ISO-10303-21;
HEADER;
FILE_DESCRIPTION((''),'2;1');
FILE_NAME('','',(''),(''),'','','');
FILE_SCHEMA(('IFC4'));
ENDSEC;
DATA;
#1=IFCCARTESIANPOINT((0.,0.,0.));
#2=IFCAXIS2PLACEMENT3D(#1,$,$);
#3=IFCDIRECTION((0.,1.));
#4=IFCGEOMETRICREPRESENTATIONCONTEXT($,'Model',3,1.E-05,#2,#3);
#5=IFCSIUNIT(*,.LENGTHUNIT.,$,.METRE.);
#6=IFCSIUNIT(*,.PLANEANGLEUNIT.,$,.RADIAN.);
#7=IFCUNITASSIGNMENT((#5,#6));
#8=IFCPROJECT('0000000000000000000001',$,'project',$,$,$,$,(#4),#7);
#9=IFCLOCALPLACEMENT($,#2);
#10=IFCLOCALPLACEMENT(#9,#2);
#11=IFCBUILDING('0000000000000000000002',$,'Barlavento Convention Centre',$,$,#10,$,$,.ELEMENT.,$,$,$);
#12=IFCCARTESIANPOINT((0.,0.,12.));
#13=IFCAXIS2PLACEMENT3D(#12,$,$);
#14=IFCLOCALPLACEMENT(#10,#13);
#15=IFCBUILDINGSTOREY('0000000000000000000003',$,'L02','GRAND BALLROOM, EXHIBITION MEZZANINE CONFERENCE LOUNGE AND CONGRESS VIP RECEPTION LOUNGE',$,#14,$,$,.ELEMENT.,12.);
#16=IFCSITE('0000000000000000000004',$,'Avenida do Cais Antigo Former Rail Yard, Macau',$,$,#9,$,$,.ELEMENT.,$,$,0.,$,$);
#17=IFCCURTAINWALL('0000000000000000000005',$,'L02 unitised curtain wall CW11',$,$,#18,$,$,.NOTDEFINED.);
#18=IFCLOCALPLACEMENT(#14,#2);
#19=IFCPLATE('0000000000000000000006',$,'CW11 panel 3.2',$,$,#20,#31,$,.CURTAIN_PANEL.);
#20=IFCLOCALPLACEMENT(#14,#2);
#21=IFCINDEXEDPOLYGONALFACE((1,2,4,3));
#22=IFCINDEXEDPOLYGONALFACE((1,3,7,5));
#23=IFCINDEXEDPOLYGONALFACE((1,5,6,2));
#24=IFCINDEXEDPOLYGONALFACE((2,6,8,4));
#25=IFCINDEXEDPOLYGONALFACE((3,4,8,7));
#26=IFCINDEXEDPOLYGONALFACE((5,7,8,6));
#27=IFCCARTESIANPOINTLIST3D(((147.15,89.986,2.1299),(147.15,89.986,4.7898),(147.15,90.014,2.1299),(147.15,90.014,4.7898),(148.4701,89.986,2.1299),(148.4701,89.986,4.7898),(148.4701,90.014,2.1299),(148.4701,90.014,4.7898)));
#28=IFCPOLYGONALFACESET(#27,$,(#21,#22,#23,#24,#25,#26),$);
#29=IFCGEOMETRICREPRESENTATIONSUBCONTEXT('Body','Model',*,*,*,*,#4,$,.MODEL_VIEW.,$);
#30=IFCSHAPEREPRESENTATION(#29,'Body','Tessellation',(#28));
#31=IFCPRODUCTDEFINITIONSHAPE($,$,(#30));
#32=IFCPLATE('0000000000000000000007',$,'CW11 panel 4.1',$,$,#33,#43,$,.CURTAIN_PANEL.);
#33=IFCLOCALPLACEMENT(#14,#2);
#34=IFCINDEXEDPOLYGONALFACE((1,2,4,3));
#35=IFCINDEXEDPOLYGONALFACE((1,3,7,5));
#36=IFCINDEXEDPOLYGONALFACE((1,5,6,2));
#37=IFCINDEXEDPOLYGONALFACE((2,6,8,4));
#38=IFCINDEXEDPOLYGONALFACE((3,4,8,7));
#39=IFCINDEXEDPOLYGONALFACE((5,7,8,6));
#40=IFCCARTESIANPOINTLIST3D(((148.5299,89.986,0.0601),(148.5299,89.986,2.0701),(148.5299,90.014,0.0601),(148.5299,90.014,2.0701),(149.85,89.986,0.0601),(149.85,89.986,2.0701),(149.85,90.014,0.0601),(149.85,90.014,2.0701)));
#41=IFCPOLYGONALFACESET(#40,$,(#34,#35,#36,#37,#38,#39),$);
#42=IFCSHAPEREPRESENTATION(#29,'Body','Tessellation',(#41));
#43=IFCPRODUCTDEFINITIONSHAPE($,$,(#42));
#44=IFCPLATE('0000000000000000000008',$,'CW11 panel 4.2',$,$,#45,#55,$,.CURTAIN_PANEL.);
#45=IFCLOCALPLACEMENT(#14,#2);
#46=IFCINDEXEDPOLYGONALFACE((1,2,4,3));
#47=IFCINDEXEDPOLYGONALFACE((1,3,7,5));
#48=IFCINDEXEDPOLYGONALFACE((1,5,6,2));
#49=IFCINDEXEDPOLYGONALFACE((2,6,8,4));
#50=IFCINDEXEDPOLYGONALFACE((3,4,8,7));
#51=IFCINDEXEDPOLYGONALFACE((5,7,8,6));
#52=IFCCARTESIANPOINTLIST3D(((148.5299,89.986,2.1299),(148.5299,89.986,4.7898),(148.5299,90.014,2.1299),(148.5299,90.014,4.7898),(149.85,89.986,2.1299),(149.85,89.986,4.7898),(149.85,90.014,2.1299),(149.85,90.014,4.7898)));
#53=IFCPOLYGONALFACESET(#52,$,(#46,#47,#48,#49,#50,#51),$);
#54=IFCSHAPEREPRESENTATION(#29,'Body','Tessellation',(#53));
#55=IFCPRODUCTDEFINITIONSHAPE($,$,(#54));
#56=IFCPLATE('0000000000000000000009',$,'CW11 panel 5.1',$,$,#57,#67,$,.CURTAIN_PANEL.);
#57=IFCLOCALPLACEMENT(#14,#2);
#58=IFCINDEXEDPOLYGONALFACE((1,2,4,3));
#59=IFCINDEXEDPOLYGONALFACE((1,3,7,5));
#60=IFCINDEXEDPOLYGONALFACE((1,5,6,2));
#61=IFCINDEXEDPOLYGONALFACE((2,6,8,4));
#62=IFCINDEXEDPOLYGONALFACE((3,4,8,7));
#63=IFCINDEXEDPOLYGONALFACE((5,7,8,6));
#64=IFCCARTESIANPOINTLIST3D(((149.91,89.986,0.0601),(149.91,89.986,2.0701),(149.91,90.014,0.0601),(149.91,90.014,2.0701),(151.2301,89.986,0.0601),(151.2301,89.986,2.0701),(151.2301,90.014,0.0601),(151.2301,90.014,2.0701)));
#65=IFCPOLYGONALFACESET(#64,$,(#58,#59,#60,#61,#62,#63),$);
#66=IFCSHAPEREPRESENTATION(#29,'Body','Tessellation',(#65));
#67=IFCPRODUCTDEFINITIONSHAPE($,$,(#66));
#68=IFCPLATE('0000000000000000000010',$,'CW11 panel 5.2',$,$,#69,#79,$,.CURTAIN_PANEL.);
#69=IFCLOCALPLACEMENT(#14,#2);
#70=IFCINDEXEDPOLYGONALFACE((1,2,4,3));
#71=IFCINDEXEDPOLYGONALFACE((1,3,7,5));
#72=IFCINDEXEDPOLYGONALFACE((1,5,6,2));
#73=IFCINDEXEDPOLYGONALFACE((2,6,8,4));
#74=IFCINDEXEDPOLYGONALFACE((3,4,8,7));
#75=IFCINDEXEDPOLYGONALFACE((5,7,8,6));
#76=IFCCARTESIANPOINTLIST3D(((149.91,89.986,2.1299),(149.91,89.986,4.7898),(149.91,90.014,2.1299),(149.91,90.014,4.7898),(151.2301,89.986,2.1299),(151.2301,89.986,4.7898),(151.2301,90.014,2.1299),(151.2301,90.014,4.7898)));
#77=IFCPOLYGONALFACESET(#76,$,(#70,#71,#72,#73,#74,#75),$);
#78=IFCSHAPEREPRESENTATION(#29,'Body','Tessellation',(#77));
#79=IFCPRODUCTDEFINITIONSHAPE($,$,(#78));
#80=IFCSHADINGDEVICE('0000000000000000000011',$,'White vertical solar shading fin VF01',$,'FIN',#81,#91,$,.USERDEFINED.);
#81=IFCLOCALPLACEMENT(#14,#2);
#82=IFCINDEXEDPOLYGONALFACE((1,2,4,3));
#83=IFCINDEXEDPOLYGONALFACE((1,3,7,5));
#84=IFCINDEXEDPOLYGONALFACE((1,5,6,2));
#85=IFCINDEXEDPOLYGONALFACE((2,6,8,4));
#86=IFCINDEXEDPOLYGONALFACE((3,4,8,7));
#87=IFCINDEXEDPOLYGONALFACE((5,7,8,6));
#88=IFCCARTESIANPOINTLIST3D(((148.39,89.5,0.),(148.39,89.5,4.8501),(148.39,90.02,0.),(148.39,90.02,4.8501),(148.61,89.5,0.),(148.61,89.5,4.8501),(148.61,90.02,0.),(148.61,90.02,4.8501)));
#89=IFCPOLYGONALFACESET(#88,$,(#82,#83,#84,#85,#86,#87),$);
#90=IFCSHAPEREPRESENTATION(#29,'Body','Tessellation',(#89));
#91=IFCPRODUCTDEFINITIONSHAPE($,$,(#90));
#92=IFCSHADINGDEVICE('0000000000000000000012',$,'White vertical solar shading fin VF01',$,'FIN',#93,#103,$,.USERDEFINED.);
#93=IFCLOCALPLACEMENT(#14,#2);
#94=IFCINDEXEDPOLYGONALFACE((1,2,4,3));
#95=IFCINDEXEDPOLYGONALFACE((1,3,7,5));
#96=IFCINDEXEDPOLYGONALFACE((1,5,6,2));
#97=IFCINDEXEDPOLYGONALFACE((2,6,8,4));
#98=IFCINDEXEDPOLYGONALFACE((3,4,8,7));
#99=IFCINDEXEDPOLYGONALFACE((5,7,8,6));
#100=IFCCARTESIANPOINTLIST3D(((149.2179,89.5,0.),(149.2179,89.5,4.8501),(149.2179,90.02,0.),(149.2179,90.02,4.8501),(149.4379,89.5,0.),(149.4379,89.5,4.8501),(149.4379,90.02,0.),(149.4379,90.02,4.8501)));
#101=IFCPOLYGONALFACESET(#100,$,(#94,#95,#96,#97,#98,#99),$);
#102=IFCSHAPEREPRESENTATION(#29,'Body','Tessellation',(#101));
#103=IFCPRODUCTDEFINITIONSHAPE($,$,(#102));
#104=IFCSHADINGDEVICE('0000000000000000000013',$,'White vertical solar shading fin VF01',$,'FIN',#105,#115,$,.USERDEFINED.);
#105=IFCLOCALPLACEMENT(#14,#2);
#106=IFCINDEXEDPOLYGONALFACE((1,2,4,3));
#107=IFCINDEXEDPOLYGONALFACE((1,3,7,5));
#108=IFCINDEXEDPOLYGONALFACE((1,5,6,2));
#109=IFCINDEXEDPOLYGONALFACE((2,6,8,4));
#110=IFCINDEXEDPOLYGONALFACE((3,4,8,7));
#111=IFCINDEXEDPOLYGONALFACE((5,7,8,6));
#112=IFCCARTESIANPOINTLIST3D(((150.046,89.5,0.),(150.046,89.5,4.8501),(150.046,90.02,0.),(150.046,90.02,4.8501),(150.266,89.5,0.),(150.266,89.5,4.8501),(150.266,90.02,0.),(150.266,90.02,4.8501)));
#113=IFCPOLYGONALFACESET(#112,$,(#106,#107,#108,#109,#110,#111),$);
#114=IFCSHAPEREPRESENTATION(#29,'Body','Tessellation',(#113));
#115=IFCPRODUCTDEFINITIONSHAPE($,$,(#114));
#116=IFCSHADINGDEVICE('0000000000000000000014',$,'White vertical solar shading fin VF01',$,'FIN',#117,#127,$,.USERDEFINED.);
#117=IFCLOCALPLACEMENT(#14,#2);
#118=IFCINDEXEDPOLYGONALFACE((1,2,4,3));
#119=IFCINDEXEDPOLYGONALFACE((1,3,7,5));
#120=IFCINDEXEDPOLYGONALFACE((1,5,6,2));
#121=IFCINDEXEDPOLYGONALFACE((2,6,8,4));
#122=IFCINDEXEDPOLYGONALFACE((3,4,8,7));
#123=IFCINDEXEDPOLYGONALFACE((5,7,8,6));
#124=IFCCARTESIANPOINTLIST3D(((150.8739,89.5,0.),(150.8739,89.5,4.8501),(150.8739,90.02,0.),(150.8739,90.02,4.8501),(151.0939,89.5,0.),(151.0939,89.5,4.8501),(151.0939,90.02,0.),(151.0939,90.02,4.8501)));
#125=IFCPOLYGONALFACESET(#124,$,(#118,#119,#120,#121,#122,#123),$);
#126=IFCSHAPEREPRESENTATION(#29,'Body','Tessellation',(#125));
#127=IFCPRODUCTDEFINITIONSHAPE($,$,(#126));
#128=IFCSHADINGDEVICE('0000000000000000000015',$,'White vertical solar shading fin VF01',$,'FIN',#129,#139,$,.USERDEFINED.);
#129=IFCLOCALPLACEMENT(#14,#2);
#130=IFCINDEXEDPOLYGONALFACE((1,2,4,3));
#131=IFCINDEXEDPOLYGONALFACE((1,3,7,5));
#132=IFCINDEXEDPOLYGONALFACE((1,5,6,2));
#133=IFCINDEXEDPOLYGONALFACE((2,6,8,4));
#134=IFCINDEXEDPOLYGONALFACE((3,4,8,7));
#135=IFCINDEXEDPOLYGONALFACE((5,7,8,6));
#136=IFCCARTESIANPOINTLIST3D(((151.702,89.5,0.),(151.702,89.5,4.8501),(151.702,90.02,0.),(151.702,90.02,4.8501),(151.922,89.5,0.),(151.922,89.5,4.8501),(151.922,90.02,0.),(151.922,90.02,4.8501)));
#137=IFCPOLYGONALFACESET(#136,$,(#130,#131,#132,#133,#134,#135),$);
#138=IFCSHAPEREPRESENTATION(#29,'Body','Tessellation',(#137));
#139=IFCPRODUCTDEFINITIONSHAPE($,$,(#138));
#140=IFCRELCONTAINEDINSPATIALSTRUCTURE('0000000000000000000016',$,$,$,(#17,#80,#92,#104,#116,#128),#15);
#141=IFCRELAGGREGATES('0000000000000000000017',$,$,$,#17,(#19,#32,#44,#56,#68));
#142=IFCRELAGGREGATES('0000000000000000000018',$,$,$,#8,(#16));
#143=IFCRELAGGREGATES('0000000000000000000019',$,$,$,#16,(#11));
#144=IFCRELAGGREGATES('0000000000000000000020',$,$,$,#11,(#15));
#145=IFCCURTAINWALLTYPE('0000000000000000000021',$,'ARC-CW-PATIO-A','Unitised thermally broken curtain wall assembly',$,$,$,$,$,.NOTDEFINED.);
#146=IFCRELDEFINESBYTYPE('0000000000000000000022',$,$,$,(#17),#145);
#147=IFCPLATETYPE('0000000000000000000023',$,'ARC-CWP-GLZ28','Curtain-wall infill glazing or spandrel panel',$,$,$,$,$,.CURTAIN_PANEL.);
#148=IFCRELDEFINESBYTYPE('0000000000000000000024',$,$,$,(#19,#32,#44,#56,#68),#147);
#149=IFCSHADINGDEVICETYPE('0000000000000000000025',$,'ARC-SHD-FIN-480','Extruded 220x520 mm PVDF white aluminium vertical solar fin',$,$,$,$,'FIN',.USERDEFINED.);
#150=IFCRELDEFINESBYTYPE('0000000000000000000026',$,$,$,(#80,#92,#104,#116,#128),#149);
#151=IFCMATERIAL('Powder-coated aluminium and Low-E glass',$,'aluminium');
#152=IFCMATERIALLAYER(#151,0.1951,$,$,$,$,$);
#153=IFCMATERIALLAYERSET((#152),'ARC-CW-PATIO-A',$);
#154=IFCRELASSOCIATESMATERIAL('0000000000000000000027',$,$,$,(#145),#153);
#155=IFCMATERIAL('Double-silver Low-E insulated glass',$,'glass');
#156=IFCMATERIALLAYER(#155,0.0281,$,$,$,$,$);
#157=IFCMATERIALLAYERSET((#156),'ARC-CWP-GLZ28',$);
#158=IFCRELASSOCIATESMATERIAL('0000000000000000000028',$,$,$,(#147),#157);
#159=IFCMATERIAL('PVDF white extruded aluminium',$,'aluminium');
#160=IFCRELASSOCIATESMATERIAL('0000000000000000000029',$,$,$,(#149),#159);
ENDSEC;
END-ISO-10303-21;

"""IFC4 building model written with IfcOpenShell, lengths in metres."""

from ifc_helpers import new_model, si_unit, direction, frame, origin, origin_2d, place, context, subcontext, project, spatial, rectangle, extrude, material, layer, layer_set, type_object, element, aggregate, save


model = new_model("IFC4")

# Units and contexts
model_context = context("Model", 3, precision=1e-05, world=origin(), true_north=direction((0.0, 1.0)))
body_context = subcontext(model_context, "Body", "Model", "MODEL_VIEW")
ifc_project = project(units=[si_unit("LENGTHUNIT", "METRE"), si_unit("PLANEANGLEUNIT", "RADIAN")], contexts=[model_context])

# Site, building, storey
site_placement = place(None, origin())
site = spatial("IfcSite", under=ifc_project, at=site_placement, Name="Avenida do Cais Antigo Former Rail Yard, Macau", CompositionType="ELEMENT", RefElevation=0.0)
building_placement = place(site_placement, origin())
building = spatial("IfcBuilding", under=site, at=building_placement, Name="Barlavento Convention Centre", CompositionType="ELEMENT")
storey_placement = place(building_placement, frame((0.0, 0.0, 12.0)))
storey = spatial("IfcBuildingStorey", under=building, at=storey_placement, Name="L02", Description="GRAND BALLROOM, EXHIBITION MEZZANINE CONFERENCE LOUNGE AND CONGRESS VIP RECEPTION LOUNGE", CompositionType="ELEMENT", Elevation=12.0)

# Curtain wall, plates
ifc_material_1 = material(Name="Powder-coated aluminium and Low-E glass", Category="aluminium")
ifc_layer_1 = layer(ifc_material_1, 0.1951)
ifc_layer_set_1 = layer_set([ifc_layer_1], Name="ARC-CW-PATIO-A")
curtain_wall_type = type_object("IfcCurtainWallType", Name="ARC-CW-PATIO-A", Description="Unitised thermally broken curtain wall assembly", PredefinedType="NOTDEFINED", material=ifc_layer_set_1)
curtain_wall_placement = place(storey_placement, origin())
curtain_wall = element("IfcCurtainWall", 1, at=curtain_wall_placement, inside=storey, type_object=curtain_wall_type, Name="L02 unitised curtain wall CW11", PredefinedType="NOTDEFINED")
ifc_material_2 = material(Name="Double-silver Low-E insulated glass", Category="glass")
ifc_layer_2 = layer(ifc_material_2, 0.0281)
ifc_layer_set_2 = layer_set([ifc_layer_2], Name="ARC-CWP-GLZ28")
plate_type = type_object("IfcPlateType", Name="ARC-CWP-GLZ28", Description="Curtain-wall infill glazing or spandrel panel", PredefinedType="CURTAIN_PANEL", material=ifc_layer_set_2)
plate_1_placement = place(storey_placement, frame((147.8101, 90.0, 2.1299), z_axis=(0.0, 0.0, 1.0), x_axis=(1.0, 0.0, 0.0)))
plate_1 = element("IfcPlate", 2, at=plate_1_placement, type_object=plate_type, Name="CW11 panel 3.2", PredefinedType="CURTAIN_PANEL", context=body_context, shape_type="SweptSolid", body=[
    extrude(rectangle(XDim=1.3201, YDim=0.0281, at=origin_2d()), origin(), (0.0, 0.0, 1.0), 2.6599),
])
plate_2_placement = place(storey_placement, frame((149.1899, 90.0, 0.0601), z_axis=(0.0, 0.0, 1.0), x_axis=(1.0, 0.0, 0.0)))
plate_2 = element("IfcPlate", 3, at=plate_2_placement, type_object=plate_type, Name="CW11 panel 4.1", PredefinedType="CURTAIN_PANEL", context=body_context, shape_type="SweptSolid", body=[
    extrude(rectangle(XDim=1.3201, YDim=0.0281, at=origin_2d()), origin(), (0.0, 0.0, 1.0), 2.01),
])
plate_3_placement = place(storey_placement, frame((149.1899, 90.0, 2.1299), z_axis=(0.0, 0.0, 1.0), x_axis=(1.0, 0.0, 0.0)))
plate_3 = element("IfcPlate", 4, at=plate_3_placement, type_object=plate_type, Name="CW11 panel 4.2", PredefinedType="CURTAIN_PANEL", context=body_context, shape_type="SweptSolid", body=[
    extrude(rectangle(XDim=1.3201, YDim=0.0281, at=origin_2d()), origin(), (0.0, 0.0, 1.0), 2.6599),
])
plate_4_placement = place(storey_placement, frame((150.5701, 90.0, 0.0601), z_axis=(0.0, 0.0, 1.0), x_axis=(1.0, 0.0, 0.0)))
plate_4 = element("IfcPlate", 5, at=plate_4_placement, type_object=plate_type, Name="CW11 panel 5.1", PredefinedType="CURTAIN_PANEL", context=body_context, shape_type="SweptSolid", body=[
    extrude(rectangle(XDim=1.3201, YDim=0.0281, at=origin_2d()), origin(), (0.0, 0.0, 1.0), 2.01),
])
plate_5_placement = place(storey_placement, frame((150.5701, 90.0, 2.1299), z_axis=(0.0, 0.0, 1.0), x_axis=(1.0, 0.0, 0.0)))
plate_5 = element("IfcPlate", 6, at=plate_5_placement, type_object=plate_type, Name="CW11 panel 5.2", PredefinedType="CURTAIN_PANEL", context=body_context, shape_type="SweptSolid", body=[
    extrude(rectangle(XDim=1.3201, YDim=0.0281, at=origin_2d()), origin(), (0.0, 0.0, 1.0), 2.6599),
])
aggregate(curtain_wall, [plate_1, plate_2, plate_3, plate_4, plate_5])

# Shading devices
ifc_material_3 = material(Name="PVDF white extruded aluminium", Category="aluminium")
shading_device_type = type_object("IfcShadingDeviceType", Name="ARC-SHD-FIN-480", Description="Extruded 220x520 mm PVDF white aluminium vertical solar fin", ElementType="FIN", PredefinedType="USERDEFINED", material=ifc_material_3)
for number, where, z_axis, x_axis, name in (
    (7, (148.5, 89.76, 0.0), (0.0, 0.0, 1.0), (1.0, 0.0, 0.0), "White vertical solar shading fin VF01"),
    (8, (149.3279, 89.76, 0.0), (0.0, 0.0, 1.0), (1.0, 0.0, 0.0), "White vertical solar shading fin VF01"),
    (9, (150.156, 89.76, 0.0), (0.0, 0.0, 1.0), (1.0, 0.0, 0.0), "White vertical solar shading fin VF01"),
    (10, (150.9839, 89.76, 0.0), (0.0, 0.0, 1.0), (1.0, 0.0, 0.0), "White vertical solar shading fin VF01"),
    (11, (151.812, 89.76, 0.0), (0.0, 0.0, 1.0), (1.0, 0.0, 0.0), "White vertical solar shading fin VF01"),
):
    element("IfcShadingDevice", number, at=place(storey_placement, frame(where, z_axis=z_axis, x_axis=x_axis)), inside=storey, type_object=shading_device_type, Name=name, ObjectType="FIN", PredefinedType="USERDEFINED", context=body_context, shape_type="SweptSolid", body=[
        extrude(rectangle(XDim=0.22, YDim=0.52, at=origin_2d()), origin(), (0.0, 0.0, 1.0), 4.8501),
    ])

save(model, "model.ifc")
